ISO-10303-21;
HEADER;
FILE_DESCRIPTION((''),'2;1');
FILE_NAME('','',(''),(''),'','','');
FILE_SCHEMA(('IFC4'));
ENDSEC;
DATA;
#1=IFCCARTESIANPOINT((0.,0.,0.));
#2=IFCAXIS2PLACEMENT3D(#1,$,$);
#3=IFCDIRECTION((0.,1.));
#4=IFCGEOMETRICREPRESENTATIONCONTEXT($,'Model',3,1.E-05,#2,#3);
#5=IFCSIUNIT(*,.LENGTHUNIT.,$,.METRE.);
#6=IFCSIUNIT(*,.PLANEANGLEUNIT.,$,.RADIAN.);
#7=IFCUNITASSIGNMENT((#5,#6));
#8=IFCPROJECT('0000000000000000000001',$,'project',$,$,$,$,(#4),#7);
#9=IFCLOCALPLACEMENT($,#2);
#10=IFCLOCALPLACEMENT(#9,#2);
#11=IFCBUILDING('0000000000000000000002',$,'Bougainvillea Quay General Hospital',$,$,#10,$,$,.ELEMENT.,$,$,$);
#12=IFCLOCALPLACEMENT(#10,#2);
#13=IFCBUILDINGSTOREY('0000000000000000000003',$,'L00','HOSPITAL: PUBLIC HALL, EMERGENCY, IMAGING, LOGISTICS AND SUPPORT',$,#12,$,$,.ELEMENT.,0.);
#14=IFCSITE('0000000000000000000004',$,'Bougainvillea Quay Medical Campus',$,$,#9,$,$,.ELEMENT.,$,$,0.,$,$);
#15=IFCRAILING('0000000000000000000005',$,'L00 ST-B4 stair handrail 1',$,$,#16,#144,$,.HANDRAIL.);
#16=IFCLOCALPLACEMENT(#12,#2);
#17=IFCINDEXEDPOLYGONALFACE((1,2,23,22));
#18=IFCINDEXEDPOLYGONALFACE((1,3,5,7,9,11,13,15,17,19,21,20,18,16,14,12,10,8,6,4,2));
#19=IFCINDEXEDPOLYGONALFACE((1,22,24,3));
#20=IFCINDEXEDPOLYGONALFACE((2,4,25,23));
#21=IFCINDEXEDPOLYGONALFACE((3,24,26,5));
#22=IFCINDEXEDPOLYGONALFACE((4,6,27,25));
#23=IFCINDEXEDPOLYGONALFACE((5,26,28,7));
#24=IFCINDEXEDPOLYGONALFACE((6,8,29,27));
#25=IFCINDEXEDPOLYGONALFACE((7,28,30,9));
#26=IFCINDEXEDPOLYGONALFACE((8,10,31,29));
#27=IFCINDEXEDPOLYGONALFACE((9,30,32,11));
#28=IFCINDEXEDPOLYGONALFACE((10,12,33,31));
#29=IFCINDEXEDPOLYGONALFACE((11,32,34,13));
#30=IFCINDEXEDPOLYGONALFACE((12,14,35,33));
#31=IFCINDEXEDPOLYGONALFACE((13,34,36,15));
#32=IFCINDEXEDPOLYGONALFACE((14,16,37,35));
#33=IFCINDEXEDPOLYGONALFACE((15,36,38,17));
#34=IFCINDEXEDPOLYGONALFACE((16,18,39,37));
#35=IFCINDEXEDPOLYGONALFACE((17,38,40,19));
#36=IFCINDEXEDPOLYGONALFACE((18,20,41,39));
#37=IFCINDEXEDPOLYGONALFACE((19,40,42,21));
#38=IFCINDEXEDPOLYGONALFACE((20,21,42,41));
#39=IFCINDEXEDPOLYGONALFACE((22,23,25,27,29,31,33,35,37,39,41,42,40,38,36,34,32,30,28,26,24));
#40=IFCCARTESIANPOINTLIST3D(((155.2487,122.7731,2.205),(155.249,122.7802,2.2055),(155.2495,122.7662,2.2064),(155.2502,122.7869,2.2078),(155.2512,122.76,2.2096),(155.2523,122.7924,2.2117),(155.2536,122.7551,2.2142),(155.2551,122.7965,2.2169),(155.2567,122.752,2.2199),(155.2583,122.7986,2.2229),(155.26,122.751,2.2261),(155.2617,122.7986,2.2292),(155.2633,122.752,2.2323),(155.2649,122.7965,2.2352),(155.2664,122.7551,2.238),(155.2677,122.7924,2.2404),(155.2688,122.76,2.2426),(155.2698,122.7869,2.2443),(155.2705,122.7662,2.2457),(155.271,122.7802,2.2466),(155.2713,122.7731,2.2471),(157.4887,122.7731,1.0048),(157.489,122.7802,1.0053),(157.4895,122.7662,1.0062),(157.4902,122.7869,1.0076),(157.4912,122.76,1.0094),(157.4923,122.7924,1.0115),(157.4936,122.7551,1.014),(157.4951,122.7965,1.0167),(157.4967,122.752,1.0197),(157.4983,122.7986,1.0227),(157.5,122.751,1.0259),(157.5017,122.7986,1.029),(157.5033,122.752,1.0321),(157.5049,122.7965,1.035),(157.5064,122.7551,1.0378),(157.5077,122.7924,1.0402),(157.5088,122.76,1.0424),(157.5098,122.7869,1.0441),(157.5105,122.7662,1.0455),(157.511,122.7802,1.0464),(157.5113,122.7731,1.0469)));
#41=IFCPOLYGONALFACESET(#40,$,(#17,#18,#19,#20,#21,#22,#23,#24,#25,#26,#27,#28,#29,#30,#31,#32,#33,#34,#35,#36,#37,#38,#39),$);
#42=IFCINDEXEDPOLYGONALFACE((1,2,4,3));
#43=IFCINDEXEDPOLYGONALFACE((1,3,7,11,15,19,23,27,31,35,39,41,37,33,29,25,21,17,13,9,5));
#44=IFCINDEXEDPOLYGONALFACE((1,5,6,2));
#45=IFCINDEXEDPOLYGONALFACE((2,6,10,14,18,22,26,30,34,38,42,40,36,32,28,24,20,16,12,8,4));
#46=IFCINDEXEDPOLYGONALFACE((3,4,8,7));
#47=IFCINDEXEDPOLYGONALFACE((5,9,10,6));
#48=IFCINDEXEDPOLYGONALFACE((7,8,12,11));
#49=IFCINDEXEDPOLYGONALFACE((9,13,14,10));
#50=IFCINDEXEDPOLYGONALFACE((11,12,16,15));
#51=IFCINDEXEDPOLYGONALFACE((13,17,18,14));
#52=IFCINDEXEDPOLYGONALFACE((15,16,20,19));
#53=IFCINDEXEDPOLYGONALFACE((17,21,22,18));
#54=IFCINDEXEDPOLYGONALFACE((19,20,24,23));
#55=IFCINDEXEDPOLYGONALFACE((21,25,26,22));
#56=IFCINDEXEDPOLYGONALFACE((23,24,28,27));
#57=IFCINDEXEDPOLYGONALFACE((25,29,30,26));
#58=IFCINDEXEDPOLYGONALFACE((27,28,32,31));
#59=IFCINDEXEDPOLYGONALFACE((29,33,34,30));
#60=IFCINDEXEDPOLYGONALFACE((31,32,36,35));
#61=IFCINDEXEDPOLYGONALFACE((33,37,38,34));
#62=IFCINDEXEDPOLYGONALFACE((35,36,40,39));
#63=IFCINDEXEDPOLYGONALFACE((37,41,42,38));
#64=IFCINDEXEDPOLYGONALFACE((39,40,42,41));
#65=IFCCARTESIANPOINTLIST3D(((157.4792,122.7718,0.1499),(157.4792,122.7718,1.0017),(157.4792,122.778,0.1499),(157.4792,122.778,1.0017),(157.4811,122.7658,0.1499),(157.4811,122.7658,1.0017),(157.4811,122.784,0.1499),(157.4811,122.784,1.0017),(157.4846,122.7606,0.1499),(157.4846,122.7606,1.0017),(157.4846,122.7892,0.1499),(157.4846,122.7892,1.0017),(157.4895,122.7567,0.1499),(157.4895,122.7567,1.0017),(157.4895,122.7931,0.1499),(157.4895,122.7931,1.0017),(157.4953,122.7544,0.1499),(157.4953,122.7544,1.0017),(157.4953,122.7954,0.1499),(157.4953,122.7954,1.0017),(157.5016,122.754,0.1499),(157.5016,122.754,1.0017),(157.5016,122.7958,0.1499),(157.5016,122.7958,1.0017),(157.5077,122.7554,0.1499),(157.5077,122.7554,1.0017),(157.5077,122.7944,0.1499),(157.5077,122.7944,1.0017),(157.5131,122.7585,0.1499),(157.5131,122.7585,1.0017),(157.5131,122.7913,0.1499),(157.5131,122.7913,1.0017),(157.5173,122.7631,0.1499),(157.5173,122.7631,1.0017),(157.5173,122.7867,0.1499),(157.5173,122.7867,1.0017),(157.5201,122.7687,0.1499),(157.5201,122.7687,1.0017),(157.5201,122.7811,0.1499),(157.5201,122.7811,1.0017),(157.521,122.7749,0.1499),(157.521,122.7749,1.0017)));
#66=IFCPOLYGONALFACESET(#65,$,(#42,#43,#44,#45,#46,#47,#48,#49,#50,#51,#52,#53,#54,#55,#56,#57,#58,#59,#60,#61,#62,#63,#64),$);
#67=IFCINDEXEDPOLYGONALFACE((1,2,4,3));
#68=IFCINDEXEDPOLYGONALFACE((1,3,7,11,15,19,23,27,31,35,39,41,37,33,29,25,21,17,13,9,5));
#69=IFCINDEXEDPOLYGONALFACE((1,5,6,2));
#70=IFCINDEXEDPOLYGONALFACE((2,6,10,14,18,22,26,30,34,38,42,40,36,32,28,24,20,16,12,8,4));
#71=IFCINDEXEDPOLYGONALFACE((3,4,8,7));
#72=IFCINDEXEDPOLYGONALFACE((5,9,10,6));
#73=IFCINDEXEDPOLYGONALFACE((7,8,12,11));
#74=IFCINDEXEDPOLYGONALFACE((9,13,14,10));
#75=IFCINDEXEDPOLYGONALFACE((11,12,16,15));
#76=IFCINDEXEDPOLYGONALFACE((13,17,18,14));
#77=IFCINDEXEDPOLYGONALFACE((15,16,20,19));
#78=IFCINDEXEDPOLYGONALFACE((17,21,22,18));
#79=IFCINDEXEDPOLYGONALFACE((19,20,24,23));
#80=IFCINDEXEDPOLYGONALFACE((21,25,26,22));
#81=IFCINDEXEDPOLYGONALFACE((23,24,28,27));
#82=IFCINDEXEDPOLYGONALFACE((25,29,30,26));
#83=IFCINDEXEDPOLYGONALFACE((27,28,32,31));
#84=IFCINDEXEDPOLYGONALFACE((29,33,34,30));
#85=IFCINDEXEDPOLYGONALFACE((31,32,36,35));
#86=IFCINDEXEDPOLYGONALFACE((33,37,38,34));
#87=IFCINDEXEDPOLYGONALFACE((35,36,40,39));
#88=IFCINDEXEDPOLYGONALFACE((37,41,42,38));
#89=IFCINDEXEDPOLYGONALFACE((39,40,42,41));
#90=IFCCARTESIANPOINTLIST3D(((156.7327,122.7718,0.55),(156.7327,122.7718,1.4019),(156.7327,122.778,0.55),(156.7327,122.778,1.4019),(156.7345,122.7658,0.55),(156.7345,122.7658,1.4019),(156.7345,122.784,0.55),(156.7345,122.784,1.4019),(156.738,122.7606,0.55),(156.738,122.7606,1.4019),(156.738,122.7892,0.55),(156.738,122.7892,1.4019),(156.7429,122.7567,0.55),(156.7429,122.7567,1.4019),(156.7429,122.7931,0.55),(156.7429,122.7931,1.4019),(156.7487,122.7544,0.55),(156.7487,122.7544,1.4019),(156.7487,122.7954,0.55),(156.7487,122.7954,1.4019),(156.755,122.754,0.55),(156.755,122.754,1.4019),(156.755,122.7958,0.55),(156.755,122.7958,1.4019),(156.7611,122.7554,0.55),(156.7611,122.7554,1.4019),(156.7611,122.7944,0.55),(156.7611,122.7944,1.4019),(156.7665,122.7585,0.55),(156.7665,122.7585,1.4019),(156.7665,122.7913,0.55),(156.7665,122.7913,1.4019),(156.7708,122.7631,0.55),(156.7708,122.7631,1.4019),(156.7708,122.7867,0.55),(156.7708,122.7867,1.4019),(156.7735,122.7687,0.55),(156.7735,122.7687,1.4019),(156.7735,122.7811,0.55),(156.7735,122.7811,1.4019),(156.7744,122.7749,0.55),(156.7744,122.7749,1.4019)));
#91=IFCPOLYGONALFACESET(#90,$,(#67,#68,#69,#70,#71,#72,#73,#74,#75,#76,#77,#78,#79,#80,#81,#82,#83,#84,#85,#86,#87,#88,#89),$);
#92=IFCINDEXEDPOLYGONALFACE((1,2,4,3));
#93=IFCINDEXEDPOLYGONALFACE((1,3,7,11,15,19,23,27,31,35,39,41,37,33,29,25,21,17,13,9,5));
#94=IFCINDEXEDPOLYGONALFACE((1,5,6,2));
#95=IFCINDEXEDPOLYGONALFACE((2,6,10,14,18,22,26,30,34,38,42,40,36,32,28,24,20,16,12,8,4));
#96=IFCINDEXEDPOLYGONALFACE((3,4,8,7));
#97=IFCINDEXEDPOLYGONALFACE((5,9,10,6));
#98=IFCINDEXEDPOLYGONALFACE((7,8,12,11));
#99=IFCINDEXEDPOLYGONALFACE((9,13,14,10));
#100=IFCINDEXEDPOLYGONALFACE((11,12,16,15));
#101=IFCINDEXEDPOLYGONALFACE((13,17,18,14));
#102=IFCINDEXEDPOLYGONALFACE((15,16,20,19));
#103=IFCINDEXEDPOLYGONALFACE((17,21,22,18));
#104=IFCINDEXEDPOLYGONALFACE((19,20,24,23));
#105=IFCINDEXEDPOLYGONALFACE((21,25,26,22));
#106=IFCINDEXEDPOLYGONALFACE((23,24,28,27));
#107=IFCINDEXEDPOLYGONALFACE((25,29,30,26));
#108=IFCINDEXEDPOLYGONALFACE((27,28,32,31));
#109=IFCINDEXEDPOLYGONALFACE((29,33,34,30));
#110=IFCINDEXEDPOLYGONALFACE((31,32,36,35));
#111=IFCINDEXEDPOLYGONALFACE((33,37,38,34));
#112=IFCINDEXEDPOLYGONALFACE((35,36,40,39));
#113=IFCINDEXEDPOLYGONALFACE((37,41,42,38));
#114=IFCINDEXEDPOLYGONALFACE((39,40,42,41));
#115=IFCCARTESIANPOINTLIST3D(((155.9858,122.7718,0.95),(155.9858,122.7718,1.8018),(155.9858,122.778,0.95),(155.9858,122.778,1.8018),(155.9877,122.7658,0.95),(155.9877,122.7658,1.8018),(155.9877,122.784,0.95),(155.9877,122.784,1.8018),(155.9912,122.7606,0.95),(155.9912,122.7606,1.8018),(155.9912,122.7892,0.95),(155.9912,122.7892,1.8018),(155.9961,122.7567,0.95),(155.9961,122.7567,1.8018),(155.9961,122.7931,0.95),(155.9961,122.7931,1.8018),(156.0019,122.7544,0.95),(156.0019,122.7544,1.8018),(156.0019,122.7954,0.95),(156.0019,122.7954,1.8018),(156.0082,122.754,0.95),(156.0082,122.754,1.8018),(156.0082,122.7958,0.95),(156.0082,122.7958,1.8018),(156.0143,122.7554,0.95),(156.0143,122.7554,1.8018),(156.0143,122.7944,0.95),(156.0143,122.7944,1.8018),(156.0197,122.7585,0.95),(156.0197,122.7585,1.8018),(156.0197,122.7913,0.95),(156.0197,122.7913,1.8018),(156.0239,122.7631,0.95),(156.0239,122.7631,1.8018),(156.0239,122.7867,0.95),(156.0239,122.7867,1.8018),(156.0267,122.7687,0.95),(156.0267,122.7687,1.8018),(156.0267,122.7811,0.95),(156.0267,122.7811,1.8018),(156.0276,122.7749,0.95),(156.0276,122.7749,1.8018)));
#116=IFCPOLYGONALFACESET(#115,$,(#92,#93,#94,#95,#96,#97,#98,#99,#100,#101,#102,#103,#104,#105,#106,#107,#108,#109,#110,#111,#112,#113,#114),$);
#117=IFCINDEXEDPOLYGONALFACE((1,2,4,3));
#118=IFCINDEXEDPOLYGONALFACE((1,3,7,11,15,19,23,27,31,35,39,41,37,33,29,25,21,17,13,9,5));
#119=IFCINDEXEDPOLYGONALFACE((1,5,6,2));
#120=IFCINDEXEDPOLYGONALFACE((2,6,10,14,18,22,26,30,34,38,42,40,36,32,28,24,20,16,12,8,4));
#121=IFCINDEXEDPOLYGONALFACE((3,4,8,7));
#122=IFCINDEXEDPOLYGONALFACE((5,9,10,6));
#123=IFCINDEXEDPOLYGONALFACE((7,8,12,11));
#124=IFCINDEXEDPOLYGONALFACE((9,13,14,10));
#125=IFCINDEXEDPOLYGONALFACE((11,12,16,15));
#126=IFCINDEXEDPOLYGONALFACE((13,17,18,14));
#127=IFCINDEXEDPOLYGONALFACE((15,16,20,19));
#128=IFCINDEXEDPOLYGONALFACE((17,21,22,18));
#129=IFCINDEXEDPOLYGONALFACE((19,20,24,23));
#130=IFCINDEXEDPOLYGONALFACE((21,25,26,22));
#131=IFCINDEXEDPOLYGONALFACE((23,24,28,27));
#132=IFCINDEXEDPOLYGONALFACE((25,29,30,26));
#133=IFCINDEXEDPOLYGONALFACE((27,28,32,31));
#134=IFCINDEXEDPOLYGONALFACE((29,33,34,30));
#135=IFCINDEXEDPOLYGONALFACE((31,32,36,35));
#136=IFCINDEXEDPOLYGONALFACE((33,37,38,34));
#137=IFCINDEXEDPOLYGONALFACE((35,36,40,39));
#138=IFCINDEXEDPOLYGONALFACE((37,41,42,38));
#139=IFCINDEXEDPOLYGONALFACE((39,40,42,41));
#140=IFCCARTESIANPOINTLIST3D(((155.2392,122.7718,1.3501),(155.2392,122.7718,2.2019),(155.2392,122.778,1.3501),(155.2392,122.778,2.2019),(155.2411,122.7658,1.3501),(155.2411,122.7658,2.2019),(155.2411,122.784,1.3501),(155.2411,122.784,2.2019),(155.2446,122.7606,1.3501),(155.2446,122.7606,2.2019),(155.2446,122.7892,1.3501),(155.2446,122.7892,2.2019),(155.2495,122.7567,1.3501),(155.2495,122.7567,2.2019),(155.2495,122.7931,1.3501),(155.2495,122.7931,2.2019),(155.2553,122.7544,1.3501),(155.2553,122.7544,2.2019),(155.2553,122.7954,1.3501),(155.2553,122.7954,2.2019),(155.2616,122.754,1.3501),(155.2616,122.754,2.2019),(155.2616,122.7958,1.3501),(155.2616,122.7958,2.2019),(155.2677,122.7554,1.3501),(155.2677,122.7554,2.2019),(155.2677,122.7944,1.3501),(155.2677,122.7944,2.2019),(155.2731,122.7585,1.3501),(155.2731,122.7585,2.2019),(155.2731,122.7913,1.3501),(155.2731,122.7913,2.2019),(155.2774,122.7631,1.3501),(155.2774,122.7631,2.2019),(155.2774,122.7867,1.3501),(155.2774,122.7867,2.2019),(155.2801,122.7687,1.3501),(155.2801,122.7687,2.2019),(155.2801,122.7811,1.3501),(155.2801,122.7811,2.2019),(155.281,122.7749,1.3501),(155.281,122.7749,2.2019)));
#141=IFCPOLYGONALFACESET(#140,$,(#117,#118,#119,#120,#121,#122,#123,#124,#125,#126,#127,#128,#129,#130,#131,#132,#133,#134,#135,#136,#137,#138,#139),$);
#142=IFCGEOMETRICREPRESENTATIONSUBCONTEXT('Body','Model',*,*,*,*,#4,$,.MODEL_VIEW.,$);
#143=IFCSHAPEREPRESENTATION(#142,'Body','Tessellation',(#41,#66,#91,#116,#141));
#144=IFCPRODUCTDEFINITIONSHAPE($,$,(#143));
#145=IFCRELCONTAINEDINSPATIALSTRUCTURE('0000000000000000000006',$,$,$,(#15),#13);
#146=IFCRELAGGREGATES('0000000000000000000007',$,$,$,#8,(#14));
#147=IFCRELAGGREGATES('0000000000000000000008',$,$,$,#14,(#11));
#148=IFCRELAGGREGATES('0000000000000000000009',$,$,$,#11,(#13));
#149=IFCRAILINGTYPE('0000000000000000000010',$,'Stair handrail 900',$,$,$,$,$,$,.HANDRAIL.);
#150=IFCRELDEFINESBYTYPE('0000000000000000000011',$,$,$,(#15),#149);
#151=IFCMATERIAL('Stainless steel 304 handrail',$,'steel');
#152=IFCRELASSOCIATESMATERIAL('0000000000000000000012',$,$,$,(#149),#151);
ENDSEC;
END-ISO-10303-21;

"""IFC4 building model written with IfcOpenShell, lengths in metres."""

from ifc_helpers import new_model, si_unit, direction, frame, origin, origin_2d, place, context, subcontext, project, spatial, circle, extrude, material, type_object, element, save


model = new_model("IFC4")

# Units and contexts
model_context = context("Model", 3, precision=1e-05, world=origin(), true_north=direction((0.0, 1.0)))
body_context = subcontext(model_context, "Body", "Model", "MODEL_VIEW")
ifc_project = project(units=[si_unit("LENGTHUNIT", "METRE"), si_unit("PLANEANGLEUNIT", "RADIAN")], contexts=[model_context])

# Site, building, storey
site_placement = place(None, origin())
site = spatial("IfcSite", under=ifc_project, at=site_placement, Name="Bougainvillea Quay Medical Campus", CompositionType="ELEMENT", RefElevation=0.0)
building_placement = place(site_placement, origin())
building = spatial("IfcBuilding", under=site, at=building_placement, Name="Bougainvillea Quay General Hospital", CompositionType="ELEMENT")
storey_placement = place(building_placement, origin())
storey = spatial("IfcBuildingStorey", under=building, at=storey_placement, Name="L00", Description="HOSPITAL: PUBLIC HALL, EMERGENCY, IMAGING, LOGISTICS AND SUPPORT", CompositionType="ELEMENT", Elevation=0.0)

# Railing
ifc_material_1 = material(Name="Stainless steel 304 handrail", Category="steel")
railing_type_1 = type_object("IfcRailingType", Name="Stair handrail 900", PredefinedType="HANDRAIL", material=ifc_material_1)
railing_1_placement = place(storey_placement, frame((157.5, 122.7749, 0.1499)))
element("IfcRailing", 1, at=railing_1_placement, inside=storey, type_object=railing_type_1, Name="L00 ST-B4 stair handrail 1", PredefinedType="HANDRAIL", context=body_context, shape_type="SweptSolid", body=[
    extrude(circle(Radius=0.0239, at=origin_2d()), frame((0.0, 0.0, 0.876), z_axis=(-0.881447, 0.0, 0.472283), x_axis=(0.0, -1.0, 0.0)), (0.0, 0.0, 1.0), 2.5413),
    extrude(circle(Radius=0.021, at=origin_2d()), origin(), (0.0, 0.0, 1.0), 0.8518),
    extrude(circle(Radius=0.021, at=origin_2d()), frame((-0.7466, 0.0, 0.4001)), (0.0, 0.0, 1.0), 0.8518),
    extrude(circle(Radius=0.021, at=origin_2d()), frame((-1.4934, 0.0, 0.8)), (0.0, 0.0, 1.0), 0.8518),
    extrude(circle(Radius=0.021, at=origin_2d()), frame((-2.24, 0.0, 1.2002)), (0.0, 0.0, 1.0), 0.8518),
])

save(model, "model.ifc")
